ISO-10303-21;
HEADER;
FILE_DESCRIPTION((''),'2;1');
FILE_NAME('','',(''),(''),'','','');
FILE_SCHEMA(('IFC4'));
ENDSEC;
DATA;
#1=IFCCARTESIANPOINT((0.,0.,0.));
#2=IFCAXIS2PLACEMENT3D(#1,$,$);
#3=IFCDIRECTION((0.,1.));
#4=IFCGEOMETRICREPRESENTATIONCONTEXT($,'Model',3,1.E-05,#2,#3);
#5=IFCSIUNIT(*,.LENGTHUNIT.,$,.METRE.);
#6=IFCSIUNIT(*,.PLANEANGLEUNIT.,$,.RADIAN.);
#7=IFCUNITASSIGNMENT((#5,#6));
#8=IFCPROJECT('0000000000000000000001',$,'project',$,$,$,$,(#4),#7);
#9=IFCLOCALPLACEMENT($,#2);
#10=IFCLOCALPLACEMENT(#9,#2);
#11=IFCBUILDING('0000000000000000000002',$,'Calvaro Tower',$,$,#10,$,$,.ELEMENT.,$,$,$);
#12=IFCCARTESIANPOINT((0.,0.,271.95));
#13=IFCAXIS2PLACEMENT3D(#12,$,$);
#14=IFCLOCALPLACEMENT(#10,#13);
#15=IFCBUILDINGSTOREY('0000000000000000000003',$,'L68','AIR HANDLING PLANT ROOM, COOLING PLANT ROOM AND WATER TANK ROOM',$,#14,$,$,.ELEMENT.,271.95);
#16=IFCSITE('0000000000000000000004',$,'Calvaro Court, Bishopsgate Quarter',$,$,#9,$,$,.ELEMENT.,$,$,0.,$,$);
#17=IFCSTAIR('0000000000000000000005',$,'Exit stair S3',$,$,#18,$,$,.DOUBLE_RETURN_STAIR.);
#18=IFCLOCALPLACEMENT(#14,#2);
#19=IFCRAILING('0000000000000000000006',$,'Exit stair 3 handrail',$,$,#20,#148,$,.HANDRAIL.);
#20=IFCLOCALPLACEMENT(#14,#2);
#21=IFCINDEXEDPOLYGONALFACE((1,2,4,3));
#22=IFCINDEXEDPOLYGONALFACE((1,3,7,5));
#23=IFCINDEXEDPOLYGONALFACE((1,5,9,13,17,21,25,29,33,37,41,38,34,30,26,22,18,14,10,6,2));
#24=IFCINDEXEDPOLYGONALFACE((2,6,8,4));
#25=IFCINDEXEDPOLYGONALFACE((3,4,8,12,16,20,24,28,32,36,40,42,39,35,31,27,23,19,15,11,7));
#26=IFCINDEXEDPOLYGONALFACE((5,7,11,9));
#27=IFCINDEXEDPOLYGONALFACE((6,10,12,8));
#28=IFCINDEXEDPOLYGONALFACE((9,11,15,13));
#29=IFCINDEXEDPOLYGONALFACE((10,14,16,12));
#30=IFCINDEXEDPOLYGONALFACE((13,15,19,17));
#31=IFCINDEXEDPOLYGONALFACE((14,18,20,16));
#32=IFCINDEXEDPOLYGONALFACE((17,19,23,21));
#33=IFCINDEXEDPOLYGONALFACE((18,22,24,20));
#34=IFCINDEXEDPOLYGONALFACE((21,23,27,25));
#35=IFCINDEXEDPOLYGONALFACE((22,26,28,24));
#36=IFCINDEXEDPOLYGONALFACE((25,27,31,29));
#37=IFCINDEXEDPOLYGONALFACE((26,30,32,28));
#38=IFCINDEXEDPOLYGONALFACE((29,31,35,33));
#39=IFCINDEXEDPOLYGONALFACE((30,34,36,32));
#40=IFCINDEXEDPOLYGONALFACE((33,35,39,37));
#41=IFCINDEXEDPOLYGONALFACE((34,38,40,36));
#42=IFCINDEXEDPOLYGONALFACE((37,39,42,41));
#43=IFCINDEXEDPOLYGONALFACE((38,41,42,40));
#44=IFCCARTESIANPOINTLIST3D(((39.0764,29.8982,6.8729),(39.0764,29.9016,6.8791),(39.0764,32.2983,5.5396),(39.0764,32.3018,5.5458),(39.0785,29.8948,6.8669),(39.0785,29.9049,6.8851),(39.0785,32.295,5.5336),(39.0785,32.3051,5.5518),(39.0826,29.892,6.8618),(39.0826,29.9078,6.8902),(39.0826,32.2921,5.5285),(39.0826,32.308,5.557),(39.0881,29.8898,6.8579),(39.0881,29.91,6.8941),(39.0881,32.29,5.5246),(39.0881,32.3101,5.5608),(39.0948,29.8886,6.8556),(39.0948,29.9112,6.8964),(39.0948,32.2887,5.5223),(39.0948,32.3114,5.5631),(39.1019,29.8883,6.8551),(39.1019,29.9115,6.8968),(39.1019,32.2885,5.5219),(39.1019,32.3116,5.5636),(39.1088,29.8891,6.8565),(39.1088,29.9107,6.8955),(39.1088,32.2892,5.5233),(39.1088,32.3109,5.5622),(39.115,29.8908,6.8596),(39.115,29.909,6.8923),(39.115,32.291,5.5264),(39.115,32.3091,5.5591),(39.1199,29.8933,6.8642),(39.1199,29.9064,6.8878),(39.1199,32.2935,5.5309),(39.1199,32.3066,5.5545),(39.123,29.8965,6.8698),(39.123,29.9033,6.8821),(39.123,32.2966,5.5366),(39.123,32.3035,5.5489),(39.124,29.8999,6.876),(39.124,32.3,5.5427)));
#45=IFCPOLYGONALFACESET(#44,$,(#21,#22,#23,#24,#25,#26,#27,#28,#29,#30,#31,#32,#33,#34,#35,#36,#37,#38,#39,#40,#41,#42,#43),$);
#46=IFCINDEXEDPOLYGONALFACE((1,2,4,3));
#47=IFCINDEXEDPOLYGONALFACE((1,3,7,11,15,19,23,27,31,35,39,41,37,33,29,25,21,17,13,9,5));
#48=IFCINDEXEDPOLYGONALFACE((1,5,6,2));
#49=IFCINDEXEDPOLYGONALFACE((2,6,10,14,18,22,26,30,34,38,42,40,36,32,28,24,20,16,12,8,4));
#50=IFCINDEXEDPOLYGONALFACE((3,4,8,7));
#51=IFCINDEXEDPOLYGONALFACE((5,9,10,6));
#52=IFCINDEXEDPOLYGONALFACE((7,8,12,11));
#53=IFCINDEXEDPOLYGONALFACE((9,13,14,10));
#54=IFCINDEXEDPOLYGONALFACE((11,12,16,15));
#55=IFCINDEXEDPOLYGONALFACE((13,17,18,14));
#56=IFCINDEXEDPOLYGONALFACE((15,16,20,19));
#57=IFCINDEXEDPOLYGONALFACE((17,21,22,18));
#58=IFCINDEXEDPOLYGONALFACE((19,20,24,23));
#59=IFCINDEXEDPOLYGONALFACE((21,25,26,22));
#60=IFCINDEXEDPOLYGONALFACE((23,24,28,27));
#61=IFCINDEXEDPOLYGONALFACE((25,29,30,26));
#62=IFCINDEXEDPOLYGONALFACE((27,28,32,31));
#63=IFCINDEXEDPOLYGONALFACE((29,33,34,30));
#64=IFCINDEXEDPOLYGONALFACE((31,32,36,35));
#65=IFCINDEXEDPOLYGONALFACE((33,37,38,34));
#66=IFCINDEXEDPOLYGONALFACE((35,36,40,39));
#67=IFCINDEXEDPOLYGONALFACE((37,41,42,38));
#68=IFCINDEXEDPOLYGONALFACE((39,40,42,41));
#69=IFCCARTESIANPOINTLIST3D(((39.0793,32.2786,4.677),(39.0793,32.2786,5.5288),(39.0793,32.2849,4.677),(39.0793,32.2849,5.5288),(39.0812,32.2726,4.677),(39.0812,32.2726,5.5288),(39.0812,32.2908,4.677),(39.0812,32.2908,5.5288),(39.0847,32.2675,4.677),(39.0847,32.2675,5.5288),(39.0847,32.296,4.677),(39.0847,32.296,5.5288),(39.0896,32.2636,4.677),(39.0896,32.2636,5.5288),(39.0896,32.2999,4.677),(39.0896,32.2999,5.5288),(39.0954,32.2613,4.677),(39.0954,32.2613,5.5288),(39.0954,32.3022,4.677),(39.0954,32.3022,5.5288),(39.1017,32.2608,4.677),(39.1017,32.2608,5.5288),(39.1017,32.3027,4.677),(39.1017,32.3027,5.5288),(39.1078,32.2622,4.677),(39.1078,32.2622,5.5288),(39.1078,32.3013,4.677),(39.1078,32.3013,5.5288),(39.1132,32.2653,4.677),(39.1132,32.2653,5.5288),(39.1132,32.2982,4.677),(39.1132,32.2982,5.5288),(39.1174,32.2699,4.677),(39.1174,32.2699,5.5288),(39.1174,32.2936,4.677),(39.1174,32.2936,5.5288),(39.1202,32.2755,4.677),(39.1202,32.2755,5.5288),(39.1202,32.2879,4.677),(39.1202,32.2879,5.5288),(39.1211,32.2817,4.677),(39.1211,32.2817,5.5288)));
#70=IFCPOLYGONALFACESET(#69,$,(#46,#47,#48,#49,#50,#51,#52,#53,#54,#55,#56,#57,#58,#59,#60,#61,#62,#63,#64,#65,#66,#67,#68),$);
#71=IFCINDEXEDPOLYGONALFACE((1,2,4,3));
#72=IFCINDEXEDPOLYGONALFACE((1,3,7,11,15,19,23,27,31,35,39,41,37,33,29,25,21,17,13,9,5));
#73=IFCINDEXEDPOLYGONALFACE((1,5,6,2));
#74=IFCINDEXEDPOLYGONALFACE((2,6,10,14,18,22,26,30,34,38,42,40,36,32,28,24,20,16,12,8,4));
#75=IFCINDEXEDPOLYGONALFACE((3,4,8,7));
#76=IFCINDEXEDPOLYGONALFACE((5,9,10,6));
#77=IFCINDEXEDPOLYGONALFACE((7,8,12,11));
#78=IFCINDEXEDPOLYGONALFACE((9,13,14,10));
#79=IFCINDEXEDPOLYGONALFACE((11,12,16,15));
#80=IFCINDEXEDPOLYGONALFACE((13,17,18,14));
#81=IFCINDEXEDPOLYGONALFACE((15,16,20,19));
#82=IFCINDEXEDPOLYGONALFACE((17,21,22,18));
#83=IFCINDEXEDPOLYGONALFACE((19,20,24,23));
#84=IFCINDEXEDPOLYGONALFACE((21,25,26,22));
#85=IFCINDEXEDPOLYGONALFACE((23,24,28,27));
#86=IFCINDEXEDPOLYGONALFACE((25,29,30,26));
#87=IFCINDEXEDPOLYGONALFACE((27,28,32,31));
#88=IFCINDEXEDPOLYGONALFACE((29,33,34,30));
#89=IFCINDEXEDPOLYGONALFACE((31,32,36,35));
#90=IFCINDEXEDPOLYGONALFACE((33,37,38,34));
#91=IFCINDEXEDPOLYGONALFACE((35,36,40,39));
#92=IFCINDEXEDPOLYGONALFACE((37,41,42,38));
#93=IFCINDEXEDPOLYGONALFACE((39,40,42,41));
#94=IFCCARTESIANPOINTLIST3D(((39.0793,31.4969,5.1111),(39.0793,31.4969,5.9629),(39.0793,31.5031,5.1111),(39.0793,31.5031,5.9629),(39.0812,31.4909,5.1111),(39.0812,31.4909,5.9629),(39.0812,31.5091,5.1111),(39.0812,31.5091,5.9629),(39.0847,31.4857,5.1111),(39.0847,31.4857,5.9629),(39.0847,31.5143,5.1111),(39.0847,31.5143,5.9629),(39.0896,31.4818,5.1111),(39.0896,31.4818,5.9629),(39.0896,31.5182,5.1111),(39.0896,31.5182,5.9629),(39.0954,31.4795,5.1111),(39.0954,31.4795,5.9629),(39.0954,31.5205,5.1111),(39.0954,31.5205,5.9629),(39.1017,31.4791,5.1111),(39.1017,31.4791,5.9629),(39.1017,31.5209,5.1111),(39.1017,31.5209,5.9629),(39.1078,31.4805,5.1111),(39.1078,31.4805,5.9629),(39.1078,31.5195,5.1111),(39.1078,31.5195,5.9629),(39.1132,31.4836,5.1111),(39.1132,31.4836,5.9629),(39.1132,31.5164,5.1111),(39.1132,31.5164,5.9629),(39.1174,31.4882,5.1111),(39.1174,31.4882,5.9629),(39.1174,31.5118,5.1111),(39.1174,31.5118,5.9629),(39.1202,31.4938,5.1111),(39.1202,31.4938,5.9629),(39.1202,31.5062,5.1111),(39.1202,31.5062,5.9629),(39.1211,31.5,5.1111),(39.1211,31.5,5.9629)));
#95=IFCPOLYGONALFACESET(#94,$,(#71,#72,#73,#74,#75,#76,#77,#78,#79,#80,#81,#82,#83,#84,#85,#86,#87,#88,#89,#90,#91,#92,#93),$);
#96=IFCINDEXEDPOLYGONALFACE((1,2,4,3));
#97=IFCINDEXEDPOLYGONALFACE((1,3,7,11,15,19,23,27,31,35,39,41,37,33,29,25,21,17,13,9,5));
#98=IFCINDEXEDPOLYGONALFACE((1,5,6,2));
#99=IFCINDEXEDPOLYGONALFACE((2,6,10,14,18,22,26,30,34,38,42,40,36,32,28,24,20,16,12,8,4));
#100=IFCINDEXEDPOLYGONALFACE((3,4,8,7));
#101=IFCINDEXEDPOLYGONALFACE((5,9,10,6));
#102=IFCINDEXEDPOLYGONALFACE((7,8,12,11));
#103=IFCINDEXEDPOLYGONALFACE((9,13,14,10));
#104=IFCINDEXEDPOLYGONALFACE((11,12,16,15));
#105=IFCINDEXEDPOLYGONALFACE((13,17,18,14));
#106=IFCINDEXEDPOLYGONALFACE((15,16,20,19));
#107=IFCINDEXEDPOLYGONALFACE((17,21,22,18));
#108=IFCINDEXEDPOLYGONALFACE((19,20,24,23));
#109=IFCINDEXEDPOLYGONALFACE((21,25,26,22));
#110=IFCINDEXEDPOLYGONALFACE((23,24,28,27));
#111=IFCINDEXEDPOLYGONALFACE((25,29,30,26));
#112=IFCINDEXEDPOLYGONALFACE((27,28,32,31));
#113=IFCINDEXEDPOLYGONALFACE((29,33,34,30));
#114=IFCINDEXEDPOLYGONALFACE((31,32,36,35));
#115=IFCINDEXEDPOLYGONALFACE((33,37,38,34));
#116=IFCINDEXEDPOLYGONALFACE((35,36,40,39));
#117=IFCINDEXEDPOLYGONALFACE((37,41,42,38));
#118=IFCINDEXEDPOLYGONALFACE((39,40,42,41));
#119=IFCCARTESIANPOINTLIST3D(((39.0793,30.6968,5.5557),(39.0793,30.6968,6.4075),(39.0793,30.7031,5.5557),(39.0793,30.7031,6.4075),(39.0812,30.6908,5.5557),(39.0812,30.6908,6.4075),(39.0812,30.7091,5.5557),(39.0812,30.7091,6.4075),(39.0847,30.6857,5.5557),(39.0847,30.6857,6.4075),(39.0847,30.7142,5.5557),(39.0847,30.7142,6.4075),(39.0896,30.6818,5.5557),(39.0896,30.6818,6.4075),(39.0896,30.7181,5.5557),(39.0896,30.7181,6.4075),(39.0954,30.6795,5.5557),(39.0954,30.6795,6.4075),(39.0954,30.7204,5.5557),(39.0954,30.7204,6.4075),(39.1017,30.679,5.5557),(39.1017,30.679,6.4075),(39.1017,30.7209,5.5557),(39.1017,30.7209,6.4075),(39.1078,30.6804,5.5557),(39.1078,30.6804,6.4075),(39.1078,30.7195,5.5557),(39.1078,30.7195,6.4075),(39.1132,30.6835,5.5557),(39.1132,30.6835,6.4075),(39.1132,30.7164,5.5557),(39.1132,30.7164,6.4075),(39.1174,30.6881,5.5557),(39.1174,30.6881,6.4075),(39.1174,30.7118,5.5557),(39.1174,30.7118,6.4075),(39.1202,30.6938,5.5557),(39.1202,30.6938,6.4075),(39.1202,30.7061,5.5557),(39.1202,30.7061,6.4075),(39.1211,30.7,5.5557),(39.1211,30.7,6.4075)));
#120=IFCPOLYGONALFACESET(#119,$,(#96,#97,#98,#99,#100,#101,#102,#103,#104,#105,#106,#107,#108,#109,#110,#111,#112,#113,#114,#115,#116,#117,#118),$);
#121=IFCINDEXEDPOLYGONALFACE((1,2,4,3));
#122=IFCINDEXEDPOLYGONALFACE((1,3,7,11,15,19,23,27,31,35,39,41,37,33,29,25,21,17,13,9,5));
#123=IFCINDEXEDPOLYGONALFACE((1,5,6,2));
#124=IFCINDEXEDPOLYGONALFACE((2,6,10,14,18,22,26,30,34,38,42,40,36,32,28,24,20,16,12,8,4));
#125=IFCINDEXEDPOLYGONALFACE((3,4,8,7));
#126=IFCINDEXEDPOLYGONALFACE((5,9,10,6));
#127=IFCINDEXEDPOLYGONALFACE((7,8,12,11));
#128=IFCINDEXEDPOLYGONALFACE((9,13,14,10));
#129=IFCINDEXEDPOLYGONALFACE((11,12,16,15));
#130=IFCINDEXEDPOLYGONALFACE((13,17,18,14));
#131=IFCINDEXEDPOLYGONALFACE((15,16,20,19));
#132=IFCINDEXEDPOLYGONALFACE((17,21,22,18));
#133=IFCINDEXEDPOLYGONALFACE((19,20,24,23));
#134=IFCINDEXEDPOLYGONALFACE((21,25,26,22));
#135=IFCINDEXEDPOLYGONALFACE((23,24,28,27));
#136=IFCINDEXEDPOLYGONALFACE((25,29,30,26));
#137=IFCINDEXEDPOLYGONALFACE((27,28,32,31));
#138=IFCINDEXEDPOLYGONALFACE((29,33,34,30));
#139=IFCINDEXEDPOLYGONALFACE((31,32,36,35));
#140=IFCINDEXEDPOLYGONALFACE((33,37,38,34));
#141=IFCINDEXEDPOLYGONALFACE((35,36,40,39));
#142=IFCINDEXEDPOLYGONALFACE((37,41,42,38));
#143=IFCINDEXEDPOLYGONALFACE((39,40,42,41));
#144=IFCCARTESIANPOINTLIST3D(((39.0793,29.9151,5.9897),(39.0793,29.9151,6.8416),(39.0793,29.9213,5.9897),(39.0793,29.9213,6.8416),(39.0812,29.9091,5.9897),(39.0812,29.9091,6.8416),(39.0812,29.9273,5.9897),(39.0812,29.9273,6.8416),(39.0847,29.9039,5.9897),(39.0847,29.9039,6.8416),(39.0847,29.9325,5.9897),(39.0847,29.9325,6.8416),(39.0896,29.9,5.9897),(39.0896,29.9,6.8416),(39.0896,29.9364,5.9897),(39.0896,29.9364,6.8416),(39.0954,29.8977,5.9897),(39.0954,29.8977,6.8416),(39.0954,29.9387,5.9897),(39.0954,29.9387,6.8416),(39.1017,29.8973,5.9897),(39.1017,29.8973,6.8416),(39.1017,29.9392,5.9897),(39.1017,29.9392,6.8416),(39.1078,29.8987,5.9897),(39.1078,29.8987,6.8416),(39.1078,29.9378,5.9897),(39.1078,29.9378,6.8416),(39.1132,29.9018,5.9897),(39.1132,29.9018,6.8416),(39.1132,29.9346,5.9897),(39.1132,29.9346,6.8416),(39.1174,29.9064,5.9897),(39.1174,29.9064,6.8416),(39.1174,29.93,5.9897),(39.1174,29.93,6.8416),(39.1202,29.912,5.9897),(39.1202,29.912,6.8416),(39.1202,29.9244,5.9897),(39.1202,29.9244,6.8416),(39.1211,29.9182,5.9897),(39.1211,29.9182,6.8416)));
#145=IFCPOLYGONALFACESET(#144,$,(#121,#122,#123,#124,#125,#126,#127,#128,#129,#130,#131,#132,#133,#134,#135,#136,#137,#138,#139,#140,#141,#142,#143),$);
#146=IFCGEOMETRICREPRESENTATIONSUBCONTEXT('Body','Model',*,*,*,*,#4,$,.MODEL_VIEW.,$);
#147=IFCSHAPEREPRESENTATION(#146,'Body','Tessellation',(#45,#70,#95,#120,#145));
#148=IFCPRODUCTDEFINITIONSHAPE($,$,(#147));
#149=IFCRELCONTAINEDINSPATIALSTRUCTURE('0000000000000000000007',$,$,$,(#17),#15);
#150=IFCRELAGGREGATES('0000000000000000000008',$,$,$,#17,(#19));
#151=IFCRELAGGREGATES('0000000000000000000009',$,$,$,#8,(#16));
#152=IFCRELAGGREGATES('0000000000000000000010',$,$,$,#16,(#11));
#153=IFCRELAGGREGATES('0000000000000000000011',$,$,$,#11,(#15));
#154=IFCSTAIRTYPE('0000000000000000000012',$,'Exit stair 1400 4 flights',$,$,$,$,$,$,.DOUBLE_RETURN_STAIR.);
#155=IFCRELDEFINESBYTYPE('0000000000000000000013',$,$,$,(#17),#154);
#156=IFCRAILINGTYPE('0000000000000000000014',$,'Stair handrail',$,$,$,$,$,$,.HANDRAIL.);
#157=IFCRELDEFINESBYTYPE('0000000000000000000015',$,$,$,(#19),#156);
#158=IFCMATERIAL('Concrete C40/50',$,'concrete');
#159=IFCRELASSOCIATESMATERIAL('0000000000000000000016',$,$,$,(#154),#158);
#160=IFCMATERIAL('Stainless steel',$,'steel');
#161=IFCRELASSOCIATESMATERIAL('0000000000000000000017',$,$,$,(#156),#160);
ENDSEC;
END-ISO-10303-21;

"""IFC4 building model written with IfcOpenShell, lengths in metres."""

from ifc_helpers import new_model, si_unit, direction, frame, origin, origin_2d, place, context, subcontext, project, spatial, circle, extrude, material, type_object, element, aggregate, save


model = new_model("IFC4")

# Units and contexts
model_context = context("Model", 3, precision=1e-05, world=origin(), true_north=direction((0.0, 1.0)))
body_context = subcontext(model_context, "Body", "Model", "MODEL_VIEW")
ifc_project = project(units=[si_unit("LENGTHUNIT", "METRE"), si_unit("PLANEANGLEUNIT", "RADIAN")], contexts=[model_context])

# Site, building, storey
site_placement = place(None, origin())
site = spatial("IfcSite", under=ifc_project, at=site_placement, Name="Calvaro Court, Bishopsgate Quarter", CompositionType="ELEMENT", RefElevation=0.0)
building_placement = place(site_placement, origin())
building = spatial("IfcBuilding", under=site, at=building_placement, Name="Calvaro Tower", CompositionType="ELEMENT")
storey_placement = place(building_placement, frame((0.0, 0.0, 271.95)))
storey = spatial("IfcBuildingStorey", under=building, at=storey_placement, Name="L68", Description="AIR HANDLING PLANT ROOM, COOLING PLANT ROOM AND WATER TANK ROOM", CompositionType="ELEMENT", Elevation=271.95)

# Stair
ifc_material_1 = material(Name="Concrete C40/50", Category="concrete")
stair_type = type_object("IfcStairType", Name="Exit stair 1400 4 flights", PredefinedType="DOUBLE_RETURN_STAIR", material=ifc_material_1)
stair_placement = place(storey_placement, origin())
stair = element("IfcStair", 1, at=stair_placement, inside=storey, type_object=stair_type, Name="Exit stair S3", PredefinedType="DOUBLE_RETURN_STAIR")

# Railing
ifc_material_2 = material(Name="Stainless steel", Category="steel")
railing_type = type_object("IfcRailingType", Name="Stair handrail", PredefinedType="HANDRAIL", material=ifc_material_2)
railing_1_placement = place(storey_placement, frame((39.1001, 32.3, 4.6667)))
railing_1 = element("IfcRailing", 2, at=railing_1_placement, type_object=railing_type, Name="Exit stair 3 handrail", PredefinedType="HANDRAIL", context=body_context, shape_type="SweptSolid", body=[
    extrude(circle(Radius=0.0239, at=origin_2d()), frame((0.0, 0.0, 0.876), z_axis=(0.0, -0.874182, 0.485598), x_axis=(1.0, 0.0, 0.0)), (0.0, 0.0, 1.0), 2.7456),
    extrude(circle(Radius=0.021, at=origin_2d()), frame((0.0, -0.0183, 0.0103)), (0.0, 0.0, 1.0), 0.8518),
    extrude(circle(Radius=0.021, at=origin_2d()), frame((0.0, -0.8, 0.4443)), (0.0, 0.0, 1.0), 0.8518),
    extrude(circle(Radius=0.021, at=origin_2d()), frame((0.0, -1.6001, 0.8889)), (0.0, 0.0, 1.0), 0.8518),
    extrude(circle(Radius=0.021, at=origin_2d()), frame((0.0, -2.3818, 1.323)), (0.0, 0.0, 1.0), 0.8518),
])
aggregate(stair, [railing_1])

save(model, "model.ifc")
